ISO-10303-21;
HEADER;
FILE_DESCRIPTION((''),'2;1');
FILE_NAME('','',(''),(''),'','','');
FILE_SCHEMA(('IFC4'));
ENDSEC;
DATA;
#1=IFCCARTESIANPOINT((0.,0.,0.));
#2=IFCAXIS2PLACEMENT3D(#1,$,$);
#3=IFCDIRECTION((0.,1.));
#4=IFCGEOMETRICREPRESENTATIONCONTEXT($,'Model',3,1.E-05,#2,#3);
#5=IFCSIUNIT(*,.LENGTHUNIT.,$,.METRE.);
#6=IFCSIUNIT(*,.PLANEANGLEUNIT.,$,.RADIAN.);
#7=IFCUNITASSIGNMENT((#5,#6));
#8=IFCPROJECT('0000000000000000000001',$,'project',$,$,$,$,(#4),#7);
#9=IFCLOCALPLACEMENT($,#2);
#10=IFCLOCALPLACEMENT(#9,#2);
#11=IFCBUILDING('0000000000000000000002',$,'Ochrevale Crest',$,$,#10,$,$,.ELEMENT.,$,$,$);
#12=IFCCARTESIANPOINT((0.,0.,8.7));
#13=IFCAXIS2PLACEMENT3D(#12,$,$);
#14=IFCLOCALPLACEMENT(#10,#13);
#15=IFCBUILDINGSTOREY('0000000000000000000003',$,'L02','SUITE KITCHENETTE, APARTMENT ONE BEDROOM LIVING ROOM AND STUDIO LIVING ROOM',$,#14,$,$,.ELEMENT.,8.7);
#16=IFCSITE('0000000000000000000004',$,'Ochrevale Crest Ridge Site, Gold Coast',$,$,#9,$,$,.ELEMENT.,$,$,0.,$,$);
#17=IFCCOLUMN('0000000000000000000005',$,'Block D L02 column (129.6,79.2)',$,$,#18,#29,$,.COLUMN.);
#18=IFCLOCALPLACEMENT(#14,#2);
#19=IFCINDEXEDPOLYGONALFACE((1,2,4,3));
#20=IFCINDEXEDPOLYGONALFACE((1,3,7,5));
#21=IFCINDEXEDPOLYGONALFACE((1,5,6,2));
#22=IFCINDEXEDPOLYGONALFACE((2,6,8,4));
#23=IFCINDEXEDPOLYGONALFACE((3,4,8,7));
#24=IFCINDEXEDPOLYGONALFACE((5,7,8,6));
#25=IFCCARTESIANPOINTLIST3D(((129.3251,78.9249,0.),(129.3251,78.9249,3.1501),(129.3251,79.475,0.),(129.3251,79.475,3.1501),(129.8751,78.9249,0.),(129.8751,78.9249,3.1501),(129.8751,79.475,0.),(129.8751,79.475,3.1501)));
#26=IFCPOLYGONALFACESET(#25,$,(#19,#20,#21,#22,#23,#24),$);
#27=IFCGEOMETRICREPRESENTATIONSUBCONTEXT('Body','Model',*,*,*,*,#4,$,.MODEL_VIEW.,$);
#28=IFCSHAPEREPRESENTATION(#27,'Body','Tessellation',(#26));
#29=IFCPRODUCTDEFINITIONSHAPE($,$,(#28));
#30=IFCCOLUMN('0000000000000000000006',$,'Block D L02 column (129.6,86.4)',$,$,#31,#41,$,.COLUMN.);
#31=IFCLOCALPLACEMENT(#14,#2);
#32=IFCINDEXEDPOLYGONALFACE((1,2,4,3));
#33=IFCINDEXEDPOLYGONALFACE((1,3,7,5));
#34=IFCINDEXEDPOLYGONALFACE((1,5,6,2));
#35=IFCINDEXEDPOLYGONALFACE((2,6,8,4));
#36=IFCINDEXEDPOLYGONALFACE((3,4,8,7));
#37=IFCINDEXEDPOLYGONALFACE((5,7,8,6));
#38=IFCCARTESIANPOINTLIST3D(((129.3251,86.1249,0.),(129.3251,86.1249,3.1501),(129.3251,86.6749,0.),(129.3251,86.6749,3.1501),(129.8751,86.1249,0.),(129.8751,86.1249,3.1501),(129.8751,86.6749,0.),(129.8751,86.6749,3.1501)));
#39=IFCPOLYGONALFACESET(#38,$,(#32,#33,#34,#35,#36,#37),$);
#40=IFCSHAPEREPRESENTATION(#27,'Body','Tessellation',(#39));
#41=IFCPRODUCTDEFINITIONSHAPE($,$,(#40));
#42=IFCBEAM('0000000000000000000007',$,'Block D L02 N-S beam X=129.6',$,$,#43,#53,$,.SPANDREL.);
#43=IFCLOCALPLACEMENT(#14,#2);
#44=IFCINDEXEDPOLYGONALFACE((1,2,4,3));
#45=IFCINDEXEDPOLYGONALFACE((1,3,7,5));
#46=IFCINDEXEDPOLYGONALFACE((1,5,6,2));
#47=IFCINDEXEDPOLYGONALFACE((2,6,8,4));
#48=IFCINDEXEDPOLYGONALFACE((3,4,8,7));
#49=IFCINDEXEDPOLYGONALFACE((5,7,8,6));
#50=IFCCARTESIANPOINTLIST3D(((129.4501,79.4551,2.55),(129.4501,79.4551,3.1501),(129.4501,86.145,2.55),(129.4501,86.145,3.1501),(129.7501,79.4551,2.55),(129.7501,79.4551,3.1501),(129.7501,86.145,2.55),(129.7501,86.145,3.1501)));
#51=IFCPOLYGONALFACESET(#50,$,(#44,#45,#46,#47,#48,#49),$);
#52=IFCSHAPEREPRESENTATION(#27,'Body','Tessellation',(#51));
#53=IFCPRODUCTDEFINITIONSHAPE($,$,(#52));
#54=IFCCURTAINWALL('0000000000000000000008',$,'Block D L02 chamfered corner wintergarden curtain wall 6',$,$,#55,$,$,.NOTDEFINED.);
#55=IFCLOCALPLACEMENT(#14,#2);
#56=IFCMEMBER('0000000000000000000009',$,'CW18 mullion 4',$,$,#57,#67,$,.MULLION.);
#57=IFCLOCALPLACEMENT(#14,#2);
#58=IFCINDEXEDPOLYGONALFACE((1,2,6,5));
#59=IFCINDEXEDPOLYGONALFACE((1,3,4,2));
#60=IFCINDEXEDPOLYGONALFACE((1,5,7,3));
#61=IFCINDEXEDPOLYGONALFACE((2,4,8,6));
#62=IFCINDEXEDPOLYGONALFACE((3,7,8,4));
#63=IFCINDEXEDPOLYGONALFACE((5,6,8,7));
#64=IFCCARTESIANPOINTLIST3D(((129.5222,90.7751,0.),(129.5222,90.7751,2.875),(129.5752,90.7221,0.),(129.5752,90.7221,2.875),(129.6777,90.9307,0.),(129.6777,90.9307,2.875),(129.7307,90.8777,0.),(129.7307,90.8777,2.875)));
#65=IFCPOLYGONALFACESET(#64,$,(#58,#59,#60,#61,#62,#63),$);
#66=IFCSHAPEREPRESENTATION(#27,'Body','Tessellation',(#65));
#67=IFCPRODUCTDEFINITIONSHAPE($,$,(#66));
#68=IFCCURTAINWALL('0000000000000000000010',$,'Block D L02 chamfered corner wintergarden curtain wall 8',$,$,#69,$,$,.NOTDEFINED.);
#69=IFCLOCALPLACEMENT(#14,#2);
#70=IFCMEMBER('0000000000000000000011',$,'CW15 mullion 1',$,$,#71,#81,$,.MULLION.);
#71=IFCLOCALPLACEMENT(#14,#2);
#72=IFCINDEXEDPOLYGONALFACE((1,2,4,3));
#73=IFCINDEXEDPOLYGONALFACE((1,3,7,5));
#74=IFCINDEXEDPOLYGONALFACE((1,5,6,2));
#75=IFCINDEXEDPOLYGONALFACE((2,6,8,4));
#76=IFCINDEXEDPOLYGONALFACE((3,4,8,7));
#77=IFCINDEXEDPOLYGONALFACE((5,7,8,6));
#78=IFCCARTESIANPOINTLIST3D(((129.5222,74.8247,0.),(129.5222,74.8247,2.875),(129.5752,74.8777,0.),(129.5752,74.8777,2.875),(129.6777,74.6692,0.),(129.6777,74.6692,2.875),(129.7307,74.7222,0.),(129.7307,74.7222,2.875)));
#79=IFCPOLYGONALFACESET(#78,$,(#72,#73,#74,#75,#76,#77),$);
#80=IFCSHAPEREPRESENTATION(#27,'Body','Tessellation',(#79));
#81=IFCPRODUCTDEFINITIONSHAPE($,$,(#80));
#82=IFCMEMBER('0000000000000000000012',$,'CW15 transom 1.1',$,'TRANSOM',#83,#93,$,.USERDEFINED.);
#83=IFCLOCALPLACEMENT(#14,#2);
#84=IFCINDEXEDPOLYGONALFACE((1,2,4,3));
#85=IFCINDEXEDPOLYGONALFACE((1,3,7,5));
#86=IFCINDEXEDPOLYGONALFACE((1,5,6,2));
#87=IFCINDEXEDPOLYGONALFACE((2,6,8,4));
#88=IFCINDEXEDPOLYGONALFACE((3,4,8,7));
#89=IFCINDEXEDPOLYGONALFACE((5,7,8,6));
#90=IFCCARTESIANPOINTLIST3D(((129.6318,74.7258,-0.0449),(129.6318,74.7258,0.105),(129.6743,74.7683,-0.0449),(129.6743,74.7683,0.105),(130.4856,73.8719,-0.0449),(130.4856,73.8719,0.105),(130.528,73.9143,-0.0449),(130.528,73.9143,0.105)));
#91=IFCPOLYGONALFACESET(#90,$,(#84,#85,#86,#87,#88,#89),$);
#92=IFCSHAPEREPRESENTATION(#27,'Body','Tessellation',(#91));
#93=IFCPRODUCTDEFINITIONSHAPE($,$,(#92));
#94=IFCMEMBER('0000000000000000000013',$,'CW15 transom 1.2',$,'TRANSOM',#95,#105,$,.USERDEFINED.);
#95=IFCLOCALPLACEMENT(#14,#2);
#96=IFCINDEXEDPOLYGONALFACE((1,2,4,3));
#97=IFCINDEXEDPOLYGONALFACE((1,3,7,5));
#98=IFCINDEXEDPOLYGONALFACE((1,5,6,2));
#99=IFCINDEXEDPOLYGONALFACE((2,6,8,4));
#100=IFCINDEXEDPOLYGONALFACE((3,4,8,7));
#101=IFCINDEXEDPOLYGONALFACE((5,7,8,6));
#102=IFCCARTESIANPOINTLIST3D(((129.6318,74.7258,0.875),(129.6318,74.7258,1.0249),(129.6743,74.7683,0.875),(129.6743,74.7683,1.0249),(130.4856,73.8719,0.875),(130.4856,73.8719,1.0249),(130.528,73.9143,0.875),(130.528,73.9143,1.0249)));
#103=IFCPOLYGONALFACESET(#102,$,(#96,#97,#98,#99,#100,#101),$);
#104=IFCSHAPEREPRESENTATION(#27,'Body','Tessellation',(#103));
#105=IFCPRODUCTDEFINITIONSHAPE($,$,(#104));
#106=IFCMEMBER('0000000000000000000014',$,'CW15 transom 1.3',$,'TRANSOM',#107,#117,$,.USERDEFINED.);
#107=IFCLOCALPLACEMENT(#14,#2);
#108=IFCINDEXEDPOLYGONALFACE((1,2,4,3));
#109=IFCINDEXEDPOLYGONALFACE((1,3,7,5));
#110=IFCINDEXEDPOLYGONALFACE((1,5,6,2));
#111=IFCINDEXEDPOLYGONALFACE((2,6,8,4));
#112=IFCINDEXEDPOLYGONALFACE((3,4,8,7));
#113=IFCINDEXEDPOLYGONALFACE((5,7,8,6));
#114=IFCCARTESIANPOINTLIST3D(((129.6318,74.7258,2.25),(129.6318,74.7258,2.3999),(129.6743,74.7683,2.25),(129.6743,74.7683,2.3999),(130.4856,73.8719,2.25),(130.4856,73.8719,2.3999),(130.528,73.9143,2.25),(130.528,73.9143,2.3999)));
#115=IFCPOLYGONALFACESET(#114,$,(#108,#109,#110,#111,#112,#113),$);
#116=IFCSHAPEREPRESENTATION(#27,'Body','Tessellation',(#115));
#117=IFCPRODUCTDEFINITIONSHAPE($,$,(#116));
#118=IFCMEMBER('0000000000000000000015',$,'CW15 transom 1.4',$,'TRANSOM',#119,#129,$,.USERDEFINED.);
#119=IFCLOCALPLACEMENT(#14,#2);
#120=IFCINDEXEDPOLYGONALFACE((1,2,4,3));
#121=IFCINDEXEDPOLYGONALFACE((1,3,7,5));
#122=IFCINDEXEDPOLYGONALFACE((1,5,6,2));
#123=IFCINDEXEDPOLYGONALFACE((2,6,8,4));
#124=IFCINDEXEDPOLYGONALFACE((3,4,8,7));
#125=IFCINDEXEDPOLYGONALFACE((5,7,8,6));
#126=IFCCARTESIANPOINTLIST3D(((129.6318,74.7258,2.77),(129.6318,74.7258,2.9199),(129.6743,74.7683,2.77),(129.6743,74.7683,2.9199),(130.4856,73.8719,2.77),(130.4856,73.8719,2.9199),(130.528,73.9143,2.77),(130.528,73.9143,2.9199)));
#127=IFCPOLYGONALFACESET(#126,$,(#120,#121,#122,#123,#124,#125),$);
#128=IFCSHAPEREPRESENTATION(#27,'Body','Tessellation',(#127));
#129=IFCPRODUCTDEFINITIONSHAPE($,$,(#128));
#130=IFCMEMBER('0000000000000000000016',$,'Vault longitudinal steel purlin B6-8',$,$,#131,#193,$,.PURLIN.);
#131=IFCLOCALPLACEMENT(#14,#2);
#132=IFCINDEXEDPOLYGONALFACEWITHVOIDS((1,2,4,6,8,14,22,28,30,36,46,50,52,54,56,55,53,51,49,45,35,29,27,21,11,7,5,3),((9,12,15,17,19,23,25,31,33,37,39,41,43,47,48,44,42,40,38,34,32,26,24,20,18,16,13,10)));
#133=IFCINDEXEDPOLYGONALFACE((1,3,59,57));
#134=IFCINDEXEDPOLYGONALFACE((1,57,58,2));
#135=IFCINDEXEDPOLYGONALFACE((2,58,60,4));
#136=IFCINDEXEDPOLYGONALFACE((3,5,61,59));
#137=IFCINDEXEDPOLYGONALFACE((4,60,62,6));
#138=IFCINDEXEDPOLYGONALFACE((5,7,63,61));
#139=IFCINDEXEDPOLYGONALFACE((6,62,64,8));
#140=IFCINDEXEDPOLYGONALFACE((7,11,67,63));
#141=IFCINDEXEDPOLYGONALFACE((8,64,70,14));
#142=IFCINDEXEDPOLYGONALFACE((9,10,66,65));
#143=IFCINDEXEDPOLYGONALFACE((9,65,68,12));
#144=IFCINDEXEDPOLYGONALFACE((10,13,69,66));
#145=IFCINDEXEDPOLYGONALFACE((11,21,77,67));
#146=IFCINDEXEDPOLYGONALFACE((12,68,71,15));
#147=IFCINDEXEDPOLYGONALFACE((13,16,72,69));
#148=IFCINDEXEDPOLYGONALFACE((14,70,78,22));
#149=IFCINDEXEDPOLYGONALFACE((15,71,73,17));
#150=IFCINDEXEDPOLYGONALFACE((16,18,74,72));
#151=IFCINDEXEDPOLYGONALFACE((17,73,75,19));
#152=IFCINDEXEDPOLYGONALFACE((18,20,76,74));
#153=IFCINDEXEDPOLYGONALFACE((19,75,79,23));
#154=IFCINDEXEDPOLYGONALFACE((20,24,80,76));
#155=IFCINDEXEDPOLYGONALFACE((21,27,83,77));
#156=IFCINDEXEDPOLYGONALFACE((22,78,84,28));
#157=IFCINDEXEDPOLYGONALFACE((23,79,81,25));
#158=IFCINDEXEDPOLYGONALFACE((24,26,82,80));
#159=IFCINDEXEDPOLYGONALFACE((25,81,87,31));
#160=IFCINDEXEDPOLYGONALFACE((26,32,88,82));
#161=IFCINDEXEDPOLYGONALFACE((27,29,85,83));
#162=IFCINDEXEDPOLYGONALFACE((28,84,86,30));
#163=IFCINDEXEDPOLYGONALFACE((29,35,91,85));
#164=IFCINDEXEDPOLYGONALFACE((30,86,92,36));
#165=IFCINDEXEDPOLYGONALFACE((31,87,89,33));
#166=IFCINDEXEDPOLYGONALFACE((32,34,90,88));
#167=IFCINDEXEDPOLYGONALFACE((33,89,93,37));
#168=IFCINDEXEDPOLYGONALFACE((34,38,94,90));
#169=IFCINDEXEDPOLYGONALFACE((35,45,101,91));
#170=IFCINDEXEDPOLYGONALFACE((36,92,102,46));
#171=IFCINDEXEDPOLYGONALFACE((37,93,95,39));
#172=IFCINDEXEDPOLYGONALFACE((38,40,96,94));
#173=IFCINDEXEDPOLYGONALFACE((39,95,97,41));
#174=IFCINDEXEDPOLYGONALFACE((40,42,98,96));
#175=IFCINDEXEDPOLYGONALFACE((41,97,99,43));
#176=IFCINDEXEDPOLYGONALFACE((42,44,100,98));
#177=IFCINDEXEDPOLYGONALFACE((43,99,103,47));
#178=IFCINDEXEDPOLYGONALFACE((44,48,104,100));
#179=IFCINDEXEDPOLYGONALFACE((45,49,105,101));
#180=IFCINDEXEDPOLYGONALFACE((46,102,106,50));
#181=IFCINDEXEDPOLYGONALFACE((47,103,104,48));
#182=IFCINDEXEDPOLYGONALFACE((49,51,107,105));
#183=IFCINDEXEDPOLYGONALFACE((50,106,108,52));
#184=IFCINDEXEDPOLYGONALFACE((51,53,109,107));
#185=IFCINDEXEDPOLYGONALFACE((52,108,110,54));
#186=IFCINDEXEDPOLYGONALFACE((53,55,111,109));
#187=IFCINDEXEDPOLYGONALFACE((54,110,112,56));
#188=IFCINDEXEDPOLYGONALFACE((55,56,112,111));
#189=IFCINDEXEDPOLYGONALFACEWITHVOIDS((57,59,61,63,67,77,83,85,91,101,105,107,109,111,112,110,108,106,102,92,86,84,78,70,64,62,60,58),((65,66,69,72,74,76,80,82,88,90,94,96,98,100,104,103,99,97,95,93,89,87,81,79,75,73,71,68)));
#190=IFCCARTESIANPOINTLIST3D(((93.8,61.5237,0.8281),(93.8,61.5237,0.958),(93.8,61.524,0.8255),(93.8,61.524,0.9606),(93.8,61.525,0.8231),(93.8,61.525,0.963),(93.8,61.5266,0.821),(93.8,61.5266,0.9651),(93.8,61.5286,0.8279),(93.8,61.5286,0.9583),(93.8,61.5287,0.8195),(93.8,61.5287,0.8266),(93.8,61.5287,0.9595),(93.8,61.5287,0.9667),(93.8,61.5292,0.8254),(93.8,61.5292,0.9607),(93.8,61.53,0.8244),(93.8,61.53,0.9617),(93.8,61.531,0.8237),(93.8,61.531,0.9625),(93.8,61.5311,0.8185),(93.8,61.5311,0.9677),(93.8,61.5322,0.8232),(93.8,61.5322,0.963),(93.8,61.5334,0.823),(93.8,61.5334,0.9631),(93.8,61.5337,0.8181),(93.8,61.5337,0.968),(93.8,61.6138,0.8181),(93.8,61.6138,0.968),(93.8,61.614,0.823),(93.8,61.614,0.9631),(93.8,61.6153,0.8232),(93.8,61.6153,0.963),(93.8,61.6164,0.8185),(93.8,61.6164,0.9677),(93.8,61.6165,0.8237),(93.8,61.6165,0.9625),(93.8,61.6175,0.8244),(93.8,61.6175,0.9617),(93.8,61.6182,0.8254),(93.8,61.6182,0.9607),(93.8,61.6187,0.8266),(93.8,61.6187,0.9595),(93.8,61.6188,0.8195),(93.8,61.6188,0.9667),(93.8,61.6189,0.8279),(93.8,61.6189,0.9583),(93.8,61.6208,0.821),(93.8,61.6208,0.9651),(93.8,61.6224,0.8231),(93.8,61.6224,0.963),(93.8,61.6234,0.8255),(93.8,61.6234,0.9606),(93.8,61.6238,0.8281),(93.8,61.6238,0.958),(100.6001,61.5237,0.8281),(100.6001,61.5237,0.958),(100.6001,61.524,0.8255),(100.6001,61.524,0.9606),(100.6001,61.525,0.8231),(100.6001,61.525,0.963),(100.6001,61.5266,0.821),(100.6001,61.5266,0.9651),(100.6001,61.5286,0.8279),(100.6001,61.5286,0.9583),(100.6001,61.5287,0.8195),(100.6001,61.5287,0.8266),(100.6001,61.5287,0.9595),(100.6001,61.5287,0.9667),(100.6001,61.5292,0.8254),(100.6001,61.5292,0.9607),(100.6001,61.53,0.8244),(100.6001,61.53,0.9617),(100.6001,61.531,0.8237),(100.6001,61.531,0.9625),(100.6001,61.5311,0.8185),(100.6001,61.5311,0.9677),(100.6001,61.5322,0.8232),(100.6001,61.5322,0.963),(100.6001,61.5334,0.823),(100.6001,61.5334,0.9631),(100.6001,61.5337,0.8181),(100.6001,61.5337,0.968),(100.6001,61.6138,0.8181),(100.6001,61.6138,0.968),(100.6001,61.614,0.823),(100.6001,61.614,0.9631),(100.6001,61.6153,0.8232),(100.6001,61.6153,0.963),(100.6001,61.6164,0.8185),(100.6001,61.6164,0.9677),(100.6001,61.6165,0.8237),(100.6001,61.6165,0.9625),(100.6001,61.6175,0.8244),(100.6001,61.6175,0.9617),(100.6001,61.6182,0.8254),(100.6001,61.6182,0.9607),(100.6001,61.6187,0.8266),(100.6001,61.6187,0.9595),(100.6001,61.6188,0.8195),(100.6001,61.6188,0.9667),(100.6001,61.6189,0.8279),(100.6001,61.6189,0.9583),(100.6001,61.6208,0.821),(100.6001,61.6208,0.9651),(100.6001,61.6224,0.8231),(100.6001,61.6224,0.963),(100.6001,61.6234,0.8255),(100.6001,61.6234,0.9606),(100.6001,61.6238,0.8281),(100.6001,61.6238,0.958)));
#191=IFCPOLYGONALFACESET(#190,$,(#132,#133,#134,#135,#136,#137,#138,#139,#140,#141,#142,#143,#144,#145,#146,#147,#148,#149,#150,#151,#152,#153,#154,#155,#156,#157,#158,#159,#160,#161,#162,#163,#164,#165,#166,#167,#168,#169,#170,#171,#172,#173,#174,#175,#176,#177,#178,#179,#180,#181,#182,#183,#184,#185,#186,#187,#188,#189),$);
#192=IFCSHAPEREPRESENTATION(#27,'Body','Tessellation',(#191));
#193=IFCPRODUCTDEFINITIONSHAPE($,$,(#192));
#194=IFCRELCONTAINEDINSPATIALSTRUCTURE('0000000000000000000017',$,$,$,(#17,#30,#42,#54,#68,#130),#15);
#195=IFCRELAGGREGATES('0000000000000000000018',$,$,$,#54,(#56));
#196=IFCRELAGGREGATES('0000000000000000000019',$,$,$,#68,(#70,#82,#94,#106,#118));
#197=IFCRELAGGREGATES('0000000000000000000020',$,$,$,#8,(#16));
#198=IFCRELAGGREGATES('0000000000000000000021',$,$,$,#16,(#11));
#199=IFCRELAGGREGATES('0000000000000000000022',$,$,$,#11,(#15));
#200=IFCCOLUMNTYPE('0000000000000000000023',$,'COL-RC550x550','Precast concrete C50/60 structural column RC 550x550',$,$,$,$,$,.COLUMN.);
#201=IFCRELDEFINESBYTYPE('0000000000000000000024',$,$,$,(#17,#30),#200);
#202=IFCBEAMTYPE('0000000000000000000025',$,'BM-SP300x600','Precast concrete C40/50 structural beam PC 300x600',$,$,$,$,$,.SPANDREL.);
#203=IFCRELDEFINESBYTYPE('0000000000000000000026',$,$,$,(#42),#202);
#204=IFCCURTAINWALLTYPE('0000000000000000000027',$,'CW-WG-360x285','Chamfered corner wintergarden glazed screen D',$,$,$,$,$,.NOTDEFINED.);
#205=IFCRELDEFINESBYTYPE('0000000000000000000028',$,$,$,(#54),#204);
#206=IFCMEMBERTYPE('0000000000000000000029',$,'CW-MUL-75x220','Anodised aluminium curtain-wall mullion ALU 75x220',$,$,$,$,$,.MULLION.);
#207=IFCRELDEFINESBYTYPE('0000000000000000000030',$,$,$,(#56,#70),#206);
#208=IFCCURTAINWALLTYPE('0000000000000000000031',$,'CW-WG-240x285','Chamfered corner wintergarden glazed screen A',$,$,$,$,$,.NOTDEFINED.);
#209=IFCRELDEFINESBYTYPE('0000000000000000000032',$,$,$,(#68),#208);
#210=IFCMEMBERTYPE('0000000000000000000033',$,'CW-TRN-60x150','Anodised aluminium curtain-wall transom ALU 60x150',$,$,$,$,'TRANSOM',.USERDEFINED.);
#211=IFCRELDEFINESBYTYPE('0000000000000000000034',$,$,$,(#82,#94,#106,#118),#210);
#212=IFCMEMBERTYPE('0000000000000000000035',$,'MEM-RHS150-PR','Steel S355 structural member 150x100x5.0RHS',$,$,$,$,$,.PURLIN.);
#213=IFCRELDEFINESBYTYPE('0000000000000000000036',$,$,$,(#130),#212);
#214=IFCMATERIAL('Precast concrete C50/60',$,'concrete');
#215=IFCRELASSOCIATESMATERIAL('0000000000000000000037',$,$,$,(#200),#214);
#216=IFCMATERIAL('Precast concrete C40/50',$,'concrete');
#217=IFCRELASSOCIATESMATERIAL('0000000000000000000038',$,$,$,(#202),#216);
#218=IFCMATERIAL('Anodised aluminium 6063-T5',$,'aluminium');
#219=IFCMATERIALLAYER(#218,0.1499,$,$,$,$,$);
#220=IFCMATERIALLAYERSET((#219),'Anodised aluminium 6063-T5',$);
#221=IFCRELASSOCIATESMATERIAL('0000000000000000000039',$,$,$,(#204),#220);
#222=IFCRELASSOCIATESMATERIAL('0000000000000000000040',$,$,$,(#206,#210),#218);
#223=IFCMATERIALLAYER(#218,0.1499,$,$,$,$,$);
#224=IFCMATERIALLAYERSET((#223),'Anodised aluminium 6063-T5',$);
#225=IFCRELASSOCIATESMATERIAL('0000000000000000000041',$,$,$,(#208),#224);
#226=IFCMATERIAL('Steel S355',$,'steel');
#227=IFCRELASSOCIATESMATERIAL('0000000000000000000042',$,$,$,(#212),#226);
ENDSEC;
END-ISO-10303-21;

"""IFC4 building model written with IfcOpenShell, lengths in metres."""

from ifc_helpers import new_model, si_unit, direction, frame, origin, origin_2d, place, context, subcontext, project, spatial, rectangle, hollow_rectangle, extrude, material, layer, layer_set, material_profile, profile_set, type_object, element, aggregate, save


model = new_model("IFC4")

# Units and contexts
model_context = context("Model", 3, precision=1e-05, world=origin(), true_north=direction((0.0, 1.0)))
body_context = subcontext(model_context, "Body", "Model", "MODEL_VIEW")
ifc_project = project(units=[si_unit("LENGTHUNIT", "METRE"), si_unit("PLANEANGLEUNIT", "RADIAN")], contexts=[model_context])

# Site, building, storey
site_placement = place(None, origin())
site = spatial("IfcSite", under=ifc_project, at=site_placement, Name="Ochrevale Crest Ridge Site, Gold Coast", CompositionType="ELEMENT", RefElevation=0.0)
building_placement = place(site_placement, origin())
building = spatial("IfcBuilding", under=site, at=building_placement, Name="Ochrevale Crest", CompositionType="ELEMENT")
storey_placement = place(building_placement, frame((0.0, 0.0, 8.7)))
storey = spatial("IfcBuildingStorey", under=building, at=storey_placement, Name="L02", Description="SUITE KITCHENETTE, APARTMENT ONE BEDROOM LIVING ROOM AND STUDIO LIVING ROOM", CompositionType="ELEMENT", Elevation=8.7)

# Columns
ifc_material_1 = material(Name="Precast concrete C50/60", Category="concrete")
ifc_material_profile_1 = material_profile(ifc_material_1, rectangle(XDim=0.55, YDim=0.55, at=origin_2d()), Name="RC 550x550")
ifc_profile_set_1 = profile_set([ifc_material_profile_1], Name="Precast concrete C50/60")
column_type = type_object("IfcColumnType", Name="COL-RC550x550", Description="Precast concrete C50/60 structural column RC 550x550", PredefinedType="COLUMN", material=ifc_profile_set_1)
for number, where, z_axis, x_axis, name in (
    (1, (129.6001, 79.2, 0.0), (0.0, 0.0, 1.0), (1.0, 0.0, 0.0), "Block D L02 column (129.6,79.2)"),
    (2, (129.6001, 86.3999, 0.0), (0.0, 0.0, 1.0), (1.0, 0.0, 0.0), "Block D L02 column (129.6,86.4)"),
):
    element("IfcColumn", number, at=place(storey_placement, frame(where, z_axis=z_axis, x_axis=x_axis)), inside=storey, type_object=column_type, Name=name, PredefinedType="COLUMN", context=body_context, shape_type="SweptSolid", body=[
        extrude(rectangle(XDim=0.55, YDim=0.55, at=origin_2d()), origin(), (0.0, 0.0, 1.0), 3.1501),
    ])

# Beam
ifc_material_2 = material(Name="Precast concrete C40/50", Category="concrete")
ifc_material_profile_2 = material_profile(ifc_material_2, rectangle(XDim=0.3, YDim=0.6001, at=origin_2d()), Name="PC 300x600")
ifc_profile_set_2 = profile_set([ifc_material_profile_2], Name="Precast concrete C40/50")
beam_type = type_object("IfcBeamType", Name="BM-SP300x600", Description="Precast concrete C40/50 structural beam PC 300x600", PredefinedType="SPANDREL", material=ifc_profile_set_2)
beam_placement = place(storey_placement, frame((129.6001, 79.4551, 2.8501), z_axis=(0.0, 1.0, 0.0), x_axis=(-1.0, 0.0, 0.0)))
element("IfcBeam", 3, at=beam_placement, inside=storey, type_object=beam_type, Name="Block D L02 N-S beam X=129.6", PredefinedType="SPANDREL", context=body_context, shape_type="SweptSolid", body=[
    extrude(rectangle(XDim=0.3, YDim=0.6001, at=origin_2d()), origin(), (0.0, 0.0, 1.0), 6.6899),
])

# Curtain wall, member
ifc_material_3 = material(Name="Anodised aluminium 6063-T5", Category="aluminium")
ifc_layer_1 = layer(ifc_material_3, 0.1499)
ifc_layer_set_1 = layer_set([ifc_layer_1], Name="Anodised aluminium 6063-T5")
curtain_wall_type_1 = type_object("IfcCurtainWallType", Name="CW-WG-360x285", Description="Chamfered corner wintergarden glazed screen D", PredefinedType="NOTDEFINED", material=ifc_layer_set_1)
curtain_wall_1_placement = place(storey_placement, origin())
curtain_wall_1 = element("IfcCurtainWall", 4, at=curtain_wall_1_placement, inside=storey, type_object=curtain_wall_type_1, Name="Block D L02 chamfered corner wintergarden curtain wall 6", PredefinedType="NOTDEFINED")
ifc_material_profile_3 = material_profile(ifc_material_3, rectangle(XDim=0.075, YDim=0.22, at=origin_2d()), Name="ALU 75x220")
ifc_profile_set_3 = profile_set([ifc_material_profile_3], Name="Anodised aluminium 6063-T5")
member_type_1 = type_object("IfcMemberType", Name="CW-MUL-75x220", Description="Anodised aluminium curtain-wall mullion ALU 75x220", PredefinedType="MULLION", material=ifc_profile_set_3)
member_1_placement = place(storey_placement, frame((129.6265, 90.8264, 0.0), z_axis=(0.0, 0.0, 1.0), x_axis=(0.707107, -0.707107, 0.0)))
member_1 = element("IfcMember", 5, at=member_1_placement, type_object=member_type_1, Name="CW18 mullion 4", PredefinedType="MULLION", context=body_context, shape_type="SweptSolid", body=[
    extrude(rectangle(XDim=0.075, YDim=0.22, at=origin_2d()), origin(), (0.0, 0.0, 1.0), 2.875),
])
aggregate(curtain_wall_1, [member_1])

# Curtain wall, members
ifc_layer_2 = layer(ifc_material_3, 0.1499)
ifc_layer_set_2 = layer_set([ifc_layer_2], Name="Anodised aluminium 6063-T5")
curtain_wall_type_2 = type_object("IfcCurtainWallType", Name="CW-WG-240x285", Description="Chamfered corner wintergarden glazed screen A", PredefinedType="NOTDEFINED", material=ifc_layer_set_2)
curtain_wall_2_placement = place(storey_placement, origin())
curtain_wall_2 = element("IfcCurtainWall", 6, at=curtain_wall_2_placement, inside=storey, type_object=curtain_wall_type_2, Name="Block D L02 chamfered corner wintergarden curtain wall 8", PredefinedType="NOTDEFINED")
member_2_placement = place(storey_placement, frame((129.6265, 74.7734, 0.0), z_axis=(0.0, 0.0, 1.0), x_axis=(0.707107, 0.707107, 0.0)))
member_2 = element("IfcMember", 7, at=member_2_placement, type_object=member_type_1, Name="CW15 mullion 1", PredefinedType="MULLION", context=body_context, shape_type="SweptSolid", body=[
    extrude(rectangle(XDim=0.075, YDim=0.22, at=origin_2d()), origin(), (0.0, 0.0, 1.0), 2.875),
])
ifc_material_profile_4 = material_profile(ifc_material_3, rectangle(XDim=0.0601, YDim=0.1499, at=origin_2d()), Name="ALU 60x150")
ifc_profile_set_4 = profile_set([ifc_material_profile_4], Name="Anodised aluminium 6063-T5")
member_type_2 = type_object("IfcMemberType", Name="CW-TRN-60x150", Description="Anodised aluminium curtain-wall transom ALU 60x150", ElementType="TRANSOM", PredefinedType="USERDEFINED", material=ifc_profile_set_4)
member_3_placement = place(storey_placement, frame((129.6531, 74.7471, 0.03), z_axis=(0.707006, -0.707208, 0.0), x_axis=(0.707208, 0.707006, 0.0)))
member_3 = element("IfcMember", 8, at=member_3_placement, type_object=member_type_2, Name="CW15 transom 1.1", ObjectType="TRANSOM", PredefinedType="USERDEFINED", context=body_context, shape_type="SweptSolid", body=[
    extrude(rectangle(XDim=0.0601, YDim=0.1499, at=origin_2d()), origin(), (0.0, 0.0, 1.0), 1.2075),
])
member_4_placement = place(storey_placement, frame((129.6531, 74.7471, 0.95), z_axis=(0.707006, -0.707208, 0.0), x_axis=(0.707208, 0.707006, 0.0)))
member_4 = element("IfcMember", 9, at=member_4_placement, type_object=member_type_2, Name="CW15 transom 1.2", ObjectType="TRANSOM", PredefinedType="USERDEFINED", context=body_context, shape_type="SweptSolid", body=[
    extrude(rectangle(XDim=0.0601, YDim=0.1499, at=origin_2d()), origin(), (0.0, 0.0, 1.0), 1.2075),
])
member_5_placement = place(storey_placement, frame((129.6531, 74.7471, 2.325), z_axis=(0.707006, -0.707208, 0.0), x_axis=(0.707208, 0.707006, 0.0)))
member_5 = element("IfcMember", 10, at=member_5_placement, type_object=member_type_2, Name="CW15 transom 1.3", ObjectType="TRANSOM", PredefinedType="USERDEFINED", context=body_context, shape_type="SweptSolid", body=[
    extrude(rectangle(XDim=0.0601, YDim=0.1499, at=origin_2d()), origin(), (0.0, 0.0, 1.0), 1.2075),
])
member_6_placement = place(storey_placement, frame((129.6531, 74.7471, 2.845), z_axis=(0.707006, -0.707208, 0.0), x_axis=(0.707208, 0.707006, 0.0)))
member_6 = element("IfcMember", 11, at=member_6_placement, type_object=member_type_2, Name="CW15 transom 1.4", ObjectType="TRANSOM", PredefinedType="USERDEFINED", context=body_context, shape_type="SweptSolid", body=[
    extrude(rectangle(XDim=0.0601, YDim=0.1499, at=origin_2d()), origin(), (0.0, 0.0, 1.0), 1.2075),
])
aggregate(curtain_wall_2, [member_2, member_3, member_4, member_5, member_6])

# Member
ifc_material_4 = material(Name="Steel S355", Category="steel")
ifc_material_profile_5 = material_profile(ifc_material_4, hollow_rectangle(XDim=0.1001, YDim=0.1499, WallThickness=0.0049, InnerFilletRadius=0.0049, OuterFilletRadius=0.01, at=origin_2d()), Name="150x100x5.0RHS")
ifc_profile_set_5 = profile_set([ifc_material_profile_5], Name="Steel S355")
member_type_3 = type_object("IfcMemberType", Name="MEM-RHS150-PR", Description="Steel S355 structural member 150x100x5.0RHS", PredefinedType="PURLIN", material=ifc_profile_set_5)
for number, where, z_axis, x_axis, name in (
    (12, (93.8, 61.5737, 0.8931), (1.0, 0.0, 0.0), (0.0, 1.0, 0.0), "Vault longitudinal steel purlin B6-8"),
):
    element("IfcMember", number, at=place(storey_placement, frame(where, z_axis=z_axis, x_axis=x_axis)), inside=storey, type_object=member_type_3, Name=name, PredefinedType="PURLIN", context=body_context, shape_type="SweptSolid", body=[
        extrude(hollow_rectangle(XDim=0.1001, YDim=0.1499, WallThickness=0.0049, InnerFilletRadius=0.0049, OuterFilletRadius=0.01, at=origin_2d()), origin(), (0.0, 0.0, 1.0), 6.8),
    ])

save(model, "model.ifc")
